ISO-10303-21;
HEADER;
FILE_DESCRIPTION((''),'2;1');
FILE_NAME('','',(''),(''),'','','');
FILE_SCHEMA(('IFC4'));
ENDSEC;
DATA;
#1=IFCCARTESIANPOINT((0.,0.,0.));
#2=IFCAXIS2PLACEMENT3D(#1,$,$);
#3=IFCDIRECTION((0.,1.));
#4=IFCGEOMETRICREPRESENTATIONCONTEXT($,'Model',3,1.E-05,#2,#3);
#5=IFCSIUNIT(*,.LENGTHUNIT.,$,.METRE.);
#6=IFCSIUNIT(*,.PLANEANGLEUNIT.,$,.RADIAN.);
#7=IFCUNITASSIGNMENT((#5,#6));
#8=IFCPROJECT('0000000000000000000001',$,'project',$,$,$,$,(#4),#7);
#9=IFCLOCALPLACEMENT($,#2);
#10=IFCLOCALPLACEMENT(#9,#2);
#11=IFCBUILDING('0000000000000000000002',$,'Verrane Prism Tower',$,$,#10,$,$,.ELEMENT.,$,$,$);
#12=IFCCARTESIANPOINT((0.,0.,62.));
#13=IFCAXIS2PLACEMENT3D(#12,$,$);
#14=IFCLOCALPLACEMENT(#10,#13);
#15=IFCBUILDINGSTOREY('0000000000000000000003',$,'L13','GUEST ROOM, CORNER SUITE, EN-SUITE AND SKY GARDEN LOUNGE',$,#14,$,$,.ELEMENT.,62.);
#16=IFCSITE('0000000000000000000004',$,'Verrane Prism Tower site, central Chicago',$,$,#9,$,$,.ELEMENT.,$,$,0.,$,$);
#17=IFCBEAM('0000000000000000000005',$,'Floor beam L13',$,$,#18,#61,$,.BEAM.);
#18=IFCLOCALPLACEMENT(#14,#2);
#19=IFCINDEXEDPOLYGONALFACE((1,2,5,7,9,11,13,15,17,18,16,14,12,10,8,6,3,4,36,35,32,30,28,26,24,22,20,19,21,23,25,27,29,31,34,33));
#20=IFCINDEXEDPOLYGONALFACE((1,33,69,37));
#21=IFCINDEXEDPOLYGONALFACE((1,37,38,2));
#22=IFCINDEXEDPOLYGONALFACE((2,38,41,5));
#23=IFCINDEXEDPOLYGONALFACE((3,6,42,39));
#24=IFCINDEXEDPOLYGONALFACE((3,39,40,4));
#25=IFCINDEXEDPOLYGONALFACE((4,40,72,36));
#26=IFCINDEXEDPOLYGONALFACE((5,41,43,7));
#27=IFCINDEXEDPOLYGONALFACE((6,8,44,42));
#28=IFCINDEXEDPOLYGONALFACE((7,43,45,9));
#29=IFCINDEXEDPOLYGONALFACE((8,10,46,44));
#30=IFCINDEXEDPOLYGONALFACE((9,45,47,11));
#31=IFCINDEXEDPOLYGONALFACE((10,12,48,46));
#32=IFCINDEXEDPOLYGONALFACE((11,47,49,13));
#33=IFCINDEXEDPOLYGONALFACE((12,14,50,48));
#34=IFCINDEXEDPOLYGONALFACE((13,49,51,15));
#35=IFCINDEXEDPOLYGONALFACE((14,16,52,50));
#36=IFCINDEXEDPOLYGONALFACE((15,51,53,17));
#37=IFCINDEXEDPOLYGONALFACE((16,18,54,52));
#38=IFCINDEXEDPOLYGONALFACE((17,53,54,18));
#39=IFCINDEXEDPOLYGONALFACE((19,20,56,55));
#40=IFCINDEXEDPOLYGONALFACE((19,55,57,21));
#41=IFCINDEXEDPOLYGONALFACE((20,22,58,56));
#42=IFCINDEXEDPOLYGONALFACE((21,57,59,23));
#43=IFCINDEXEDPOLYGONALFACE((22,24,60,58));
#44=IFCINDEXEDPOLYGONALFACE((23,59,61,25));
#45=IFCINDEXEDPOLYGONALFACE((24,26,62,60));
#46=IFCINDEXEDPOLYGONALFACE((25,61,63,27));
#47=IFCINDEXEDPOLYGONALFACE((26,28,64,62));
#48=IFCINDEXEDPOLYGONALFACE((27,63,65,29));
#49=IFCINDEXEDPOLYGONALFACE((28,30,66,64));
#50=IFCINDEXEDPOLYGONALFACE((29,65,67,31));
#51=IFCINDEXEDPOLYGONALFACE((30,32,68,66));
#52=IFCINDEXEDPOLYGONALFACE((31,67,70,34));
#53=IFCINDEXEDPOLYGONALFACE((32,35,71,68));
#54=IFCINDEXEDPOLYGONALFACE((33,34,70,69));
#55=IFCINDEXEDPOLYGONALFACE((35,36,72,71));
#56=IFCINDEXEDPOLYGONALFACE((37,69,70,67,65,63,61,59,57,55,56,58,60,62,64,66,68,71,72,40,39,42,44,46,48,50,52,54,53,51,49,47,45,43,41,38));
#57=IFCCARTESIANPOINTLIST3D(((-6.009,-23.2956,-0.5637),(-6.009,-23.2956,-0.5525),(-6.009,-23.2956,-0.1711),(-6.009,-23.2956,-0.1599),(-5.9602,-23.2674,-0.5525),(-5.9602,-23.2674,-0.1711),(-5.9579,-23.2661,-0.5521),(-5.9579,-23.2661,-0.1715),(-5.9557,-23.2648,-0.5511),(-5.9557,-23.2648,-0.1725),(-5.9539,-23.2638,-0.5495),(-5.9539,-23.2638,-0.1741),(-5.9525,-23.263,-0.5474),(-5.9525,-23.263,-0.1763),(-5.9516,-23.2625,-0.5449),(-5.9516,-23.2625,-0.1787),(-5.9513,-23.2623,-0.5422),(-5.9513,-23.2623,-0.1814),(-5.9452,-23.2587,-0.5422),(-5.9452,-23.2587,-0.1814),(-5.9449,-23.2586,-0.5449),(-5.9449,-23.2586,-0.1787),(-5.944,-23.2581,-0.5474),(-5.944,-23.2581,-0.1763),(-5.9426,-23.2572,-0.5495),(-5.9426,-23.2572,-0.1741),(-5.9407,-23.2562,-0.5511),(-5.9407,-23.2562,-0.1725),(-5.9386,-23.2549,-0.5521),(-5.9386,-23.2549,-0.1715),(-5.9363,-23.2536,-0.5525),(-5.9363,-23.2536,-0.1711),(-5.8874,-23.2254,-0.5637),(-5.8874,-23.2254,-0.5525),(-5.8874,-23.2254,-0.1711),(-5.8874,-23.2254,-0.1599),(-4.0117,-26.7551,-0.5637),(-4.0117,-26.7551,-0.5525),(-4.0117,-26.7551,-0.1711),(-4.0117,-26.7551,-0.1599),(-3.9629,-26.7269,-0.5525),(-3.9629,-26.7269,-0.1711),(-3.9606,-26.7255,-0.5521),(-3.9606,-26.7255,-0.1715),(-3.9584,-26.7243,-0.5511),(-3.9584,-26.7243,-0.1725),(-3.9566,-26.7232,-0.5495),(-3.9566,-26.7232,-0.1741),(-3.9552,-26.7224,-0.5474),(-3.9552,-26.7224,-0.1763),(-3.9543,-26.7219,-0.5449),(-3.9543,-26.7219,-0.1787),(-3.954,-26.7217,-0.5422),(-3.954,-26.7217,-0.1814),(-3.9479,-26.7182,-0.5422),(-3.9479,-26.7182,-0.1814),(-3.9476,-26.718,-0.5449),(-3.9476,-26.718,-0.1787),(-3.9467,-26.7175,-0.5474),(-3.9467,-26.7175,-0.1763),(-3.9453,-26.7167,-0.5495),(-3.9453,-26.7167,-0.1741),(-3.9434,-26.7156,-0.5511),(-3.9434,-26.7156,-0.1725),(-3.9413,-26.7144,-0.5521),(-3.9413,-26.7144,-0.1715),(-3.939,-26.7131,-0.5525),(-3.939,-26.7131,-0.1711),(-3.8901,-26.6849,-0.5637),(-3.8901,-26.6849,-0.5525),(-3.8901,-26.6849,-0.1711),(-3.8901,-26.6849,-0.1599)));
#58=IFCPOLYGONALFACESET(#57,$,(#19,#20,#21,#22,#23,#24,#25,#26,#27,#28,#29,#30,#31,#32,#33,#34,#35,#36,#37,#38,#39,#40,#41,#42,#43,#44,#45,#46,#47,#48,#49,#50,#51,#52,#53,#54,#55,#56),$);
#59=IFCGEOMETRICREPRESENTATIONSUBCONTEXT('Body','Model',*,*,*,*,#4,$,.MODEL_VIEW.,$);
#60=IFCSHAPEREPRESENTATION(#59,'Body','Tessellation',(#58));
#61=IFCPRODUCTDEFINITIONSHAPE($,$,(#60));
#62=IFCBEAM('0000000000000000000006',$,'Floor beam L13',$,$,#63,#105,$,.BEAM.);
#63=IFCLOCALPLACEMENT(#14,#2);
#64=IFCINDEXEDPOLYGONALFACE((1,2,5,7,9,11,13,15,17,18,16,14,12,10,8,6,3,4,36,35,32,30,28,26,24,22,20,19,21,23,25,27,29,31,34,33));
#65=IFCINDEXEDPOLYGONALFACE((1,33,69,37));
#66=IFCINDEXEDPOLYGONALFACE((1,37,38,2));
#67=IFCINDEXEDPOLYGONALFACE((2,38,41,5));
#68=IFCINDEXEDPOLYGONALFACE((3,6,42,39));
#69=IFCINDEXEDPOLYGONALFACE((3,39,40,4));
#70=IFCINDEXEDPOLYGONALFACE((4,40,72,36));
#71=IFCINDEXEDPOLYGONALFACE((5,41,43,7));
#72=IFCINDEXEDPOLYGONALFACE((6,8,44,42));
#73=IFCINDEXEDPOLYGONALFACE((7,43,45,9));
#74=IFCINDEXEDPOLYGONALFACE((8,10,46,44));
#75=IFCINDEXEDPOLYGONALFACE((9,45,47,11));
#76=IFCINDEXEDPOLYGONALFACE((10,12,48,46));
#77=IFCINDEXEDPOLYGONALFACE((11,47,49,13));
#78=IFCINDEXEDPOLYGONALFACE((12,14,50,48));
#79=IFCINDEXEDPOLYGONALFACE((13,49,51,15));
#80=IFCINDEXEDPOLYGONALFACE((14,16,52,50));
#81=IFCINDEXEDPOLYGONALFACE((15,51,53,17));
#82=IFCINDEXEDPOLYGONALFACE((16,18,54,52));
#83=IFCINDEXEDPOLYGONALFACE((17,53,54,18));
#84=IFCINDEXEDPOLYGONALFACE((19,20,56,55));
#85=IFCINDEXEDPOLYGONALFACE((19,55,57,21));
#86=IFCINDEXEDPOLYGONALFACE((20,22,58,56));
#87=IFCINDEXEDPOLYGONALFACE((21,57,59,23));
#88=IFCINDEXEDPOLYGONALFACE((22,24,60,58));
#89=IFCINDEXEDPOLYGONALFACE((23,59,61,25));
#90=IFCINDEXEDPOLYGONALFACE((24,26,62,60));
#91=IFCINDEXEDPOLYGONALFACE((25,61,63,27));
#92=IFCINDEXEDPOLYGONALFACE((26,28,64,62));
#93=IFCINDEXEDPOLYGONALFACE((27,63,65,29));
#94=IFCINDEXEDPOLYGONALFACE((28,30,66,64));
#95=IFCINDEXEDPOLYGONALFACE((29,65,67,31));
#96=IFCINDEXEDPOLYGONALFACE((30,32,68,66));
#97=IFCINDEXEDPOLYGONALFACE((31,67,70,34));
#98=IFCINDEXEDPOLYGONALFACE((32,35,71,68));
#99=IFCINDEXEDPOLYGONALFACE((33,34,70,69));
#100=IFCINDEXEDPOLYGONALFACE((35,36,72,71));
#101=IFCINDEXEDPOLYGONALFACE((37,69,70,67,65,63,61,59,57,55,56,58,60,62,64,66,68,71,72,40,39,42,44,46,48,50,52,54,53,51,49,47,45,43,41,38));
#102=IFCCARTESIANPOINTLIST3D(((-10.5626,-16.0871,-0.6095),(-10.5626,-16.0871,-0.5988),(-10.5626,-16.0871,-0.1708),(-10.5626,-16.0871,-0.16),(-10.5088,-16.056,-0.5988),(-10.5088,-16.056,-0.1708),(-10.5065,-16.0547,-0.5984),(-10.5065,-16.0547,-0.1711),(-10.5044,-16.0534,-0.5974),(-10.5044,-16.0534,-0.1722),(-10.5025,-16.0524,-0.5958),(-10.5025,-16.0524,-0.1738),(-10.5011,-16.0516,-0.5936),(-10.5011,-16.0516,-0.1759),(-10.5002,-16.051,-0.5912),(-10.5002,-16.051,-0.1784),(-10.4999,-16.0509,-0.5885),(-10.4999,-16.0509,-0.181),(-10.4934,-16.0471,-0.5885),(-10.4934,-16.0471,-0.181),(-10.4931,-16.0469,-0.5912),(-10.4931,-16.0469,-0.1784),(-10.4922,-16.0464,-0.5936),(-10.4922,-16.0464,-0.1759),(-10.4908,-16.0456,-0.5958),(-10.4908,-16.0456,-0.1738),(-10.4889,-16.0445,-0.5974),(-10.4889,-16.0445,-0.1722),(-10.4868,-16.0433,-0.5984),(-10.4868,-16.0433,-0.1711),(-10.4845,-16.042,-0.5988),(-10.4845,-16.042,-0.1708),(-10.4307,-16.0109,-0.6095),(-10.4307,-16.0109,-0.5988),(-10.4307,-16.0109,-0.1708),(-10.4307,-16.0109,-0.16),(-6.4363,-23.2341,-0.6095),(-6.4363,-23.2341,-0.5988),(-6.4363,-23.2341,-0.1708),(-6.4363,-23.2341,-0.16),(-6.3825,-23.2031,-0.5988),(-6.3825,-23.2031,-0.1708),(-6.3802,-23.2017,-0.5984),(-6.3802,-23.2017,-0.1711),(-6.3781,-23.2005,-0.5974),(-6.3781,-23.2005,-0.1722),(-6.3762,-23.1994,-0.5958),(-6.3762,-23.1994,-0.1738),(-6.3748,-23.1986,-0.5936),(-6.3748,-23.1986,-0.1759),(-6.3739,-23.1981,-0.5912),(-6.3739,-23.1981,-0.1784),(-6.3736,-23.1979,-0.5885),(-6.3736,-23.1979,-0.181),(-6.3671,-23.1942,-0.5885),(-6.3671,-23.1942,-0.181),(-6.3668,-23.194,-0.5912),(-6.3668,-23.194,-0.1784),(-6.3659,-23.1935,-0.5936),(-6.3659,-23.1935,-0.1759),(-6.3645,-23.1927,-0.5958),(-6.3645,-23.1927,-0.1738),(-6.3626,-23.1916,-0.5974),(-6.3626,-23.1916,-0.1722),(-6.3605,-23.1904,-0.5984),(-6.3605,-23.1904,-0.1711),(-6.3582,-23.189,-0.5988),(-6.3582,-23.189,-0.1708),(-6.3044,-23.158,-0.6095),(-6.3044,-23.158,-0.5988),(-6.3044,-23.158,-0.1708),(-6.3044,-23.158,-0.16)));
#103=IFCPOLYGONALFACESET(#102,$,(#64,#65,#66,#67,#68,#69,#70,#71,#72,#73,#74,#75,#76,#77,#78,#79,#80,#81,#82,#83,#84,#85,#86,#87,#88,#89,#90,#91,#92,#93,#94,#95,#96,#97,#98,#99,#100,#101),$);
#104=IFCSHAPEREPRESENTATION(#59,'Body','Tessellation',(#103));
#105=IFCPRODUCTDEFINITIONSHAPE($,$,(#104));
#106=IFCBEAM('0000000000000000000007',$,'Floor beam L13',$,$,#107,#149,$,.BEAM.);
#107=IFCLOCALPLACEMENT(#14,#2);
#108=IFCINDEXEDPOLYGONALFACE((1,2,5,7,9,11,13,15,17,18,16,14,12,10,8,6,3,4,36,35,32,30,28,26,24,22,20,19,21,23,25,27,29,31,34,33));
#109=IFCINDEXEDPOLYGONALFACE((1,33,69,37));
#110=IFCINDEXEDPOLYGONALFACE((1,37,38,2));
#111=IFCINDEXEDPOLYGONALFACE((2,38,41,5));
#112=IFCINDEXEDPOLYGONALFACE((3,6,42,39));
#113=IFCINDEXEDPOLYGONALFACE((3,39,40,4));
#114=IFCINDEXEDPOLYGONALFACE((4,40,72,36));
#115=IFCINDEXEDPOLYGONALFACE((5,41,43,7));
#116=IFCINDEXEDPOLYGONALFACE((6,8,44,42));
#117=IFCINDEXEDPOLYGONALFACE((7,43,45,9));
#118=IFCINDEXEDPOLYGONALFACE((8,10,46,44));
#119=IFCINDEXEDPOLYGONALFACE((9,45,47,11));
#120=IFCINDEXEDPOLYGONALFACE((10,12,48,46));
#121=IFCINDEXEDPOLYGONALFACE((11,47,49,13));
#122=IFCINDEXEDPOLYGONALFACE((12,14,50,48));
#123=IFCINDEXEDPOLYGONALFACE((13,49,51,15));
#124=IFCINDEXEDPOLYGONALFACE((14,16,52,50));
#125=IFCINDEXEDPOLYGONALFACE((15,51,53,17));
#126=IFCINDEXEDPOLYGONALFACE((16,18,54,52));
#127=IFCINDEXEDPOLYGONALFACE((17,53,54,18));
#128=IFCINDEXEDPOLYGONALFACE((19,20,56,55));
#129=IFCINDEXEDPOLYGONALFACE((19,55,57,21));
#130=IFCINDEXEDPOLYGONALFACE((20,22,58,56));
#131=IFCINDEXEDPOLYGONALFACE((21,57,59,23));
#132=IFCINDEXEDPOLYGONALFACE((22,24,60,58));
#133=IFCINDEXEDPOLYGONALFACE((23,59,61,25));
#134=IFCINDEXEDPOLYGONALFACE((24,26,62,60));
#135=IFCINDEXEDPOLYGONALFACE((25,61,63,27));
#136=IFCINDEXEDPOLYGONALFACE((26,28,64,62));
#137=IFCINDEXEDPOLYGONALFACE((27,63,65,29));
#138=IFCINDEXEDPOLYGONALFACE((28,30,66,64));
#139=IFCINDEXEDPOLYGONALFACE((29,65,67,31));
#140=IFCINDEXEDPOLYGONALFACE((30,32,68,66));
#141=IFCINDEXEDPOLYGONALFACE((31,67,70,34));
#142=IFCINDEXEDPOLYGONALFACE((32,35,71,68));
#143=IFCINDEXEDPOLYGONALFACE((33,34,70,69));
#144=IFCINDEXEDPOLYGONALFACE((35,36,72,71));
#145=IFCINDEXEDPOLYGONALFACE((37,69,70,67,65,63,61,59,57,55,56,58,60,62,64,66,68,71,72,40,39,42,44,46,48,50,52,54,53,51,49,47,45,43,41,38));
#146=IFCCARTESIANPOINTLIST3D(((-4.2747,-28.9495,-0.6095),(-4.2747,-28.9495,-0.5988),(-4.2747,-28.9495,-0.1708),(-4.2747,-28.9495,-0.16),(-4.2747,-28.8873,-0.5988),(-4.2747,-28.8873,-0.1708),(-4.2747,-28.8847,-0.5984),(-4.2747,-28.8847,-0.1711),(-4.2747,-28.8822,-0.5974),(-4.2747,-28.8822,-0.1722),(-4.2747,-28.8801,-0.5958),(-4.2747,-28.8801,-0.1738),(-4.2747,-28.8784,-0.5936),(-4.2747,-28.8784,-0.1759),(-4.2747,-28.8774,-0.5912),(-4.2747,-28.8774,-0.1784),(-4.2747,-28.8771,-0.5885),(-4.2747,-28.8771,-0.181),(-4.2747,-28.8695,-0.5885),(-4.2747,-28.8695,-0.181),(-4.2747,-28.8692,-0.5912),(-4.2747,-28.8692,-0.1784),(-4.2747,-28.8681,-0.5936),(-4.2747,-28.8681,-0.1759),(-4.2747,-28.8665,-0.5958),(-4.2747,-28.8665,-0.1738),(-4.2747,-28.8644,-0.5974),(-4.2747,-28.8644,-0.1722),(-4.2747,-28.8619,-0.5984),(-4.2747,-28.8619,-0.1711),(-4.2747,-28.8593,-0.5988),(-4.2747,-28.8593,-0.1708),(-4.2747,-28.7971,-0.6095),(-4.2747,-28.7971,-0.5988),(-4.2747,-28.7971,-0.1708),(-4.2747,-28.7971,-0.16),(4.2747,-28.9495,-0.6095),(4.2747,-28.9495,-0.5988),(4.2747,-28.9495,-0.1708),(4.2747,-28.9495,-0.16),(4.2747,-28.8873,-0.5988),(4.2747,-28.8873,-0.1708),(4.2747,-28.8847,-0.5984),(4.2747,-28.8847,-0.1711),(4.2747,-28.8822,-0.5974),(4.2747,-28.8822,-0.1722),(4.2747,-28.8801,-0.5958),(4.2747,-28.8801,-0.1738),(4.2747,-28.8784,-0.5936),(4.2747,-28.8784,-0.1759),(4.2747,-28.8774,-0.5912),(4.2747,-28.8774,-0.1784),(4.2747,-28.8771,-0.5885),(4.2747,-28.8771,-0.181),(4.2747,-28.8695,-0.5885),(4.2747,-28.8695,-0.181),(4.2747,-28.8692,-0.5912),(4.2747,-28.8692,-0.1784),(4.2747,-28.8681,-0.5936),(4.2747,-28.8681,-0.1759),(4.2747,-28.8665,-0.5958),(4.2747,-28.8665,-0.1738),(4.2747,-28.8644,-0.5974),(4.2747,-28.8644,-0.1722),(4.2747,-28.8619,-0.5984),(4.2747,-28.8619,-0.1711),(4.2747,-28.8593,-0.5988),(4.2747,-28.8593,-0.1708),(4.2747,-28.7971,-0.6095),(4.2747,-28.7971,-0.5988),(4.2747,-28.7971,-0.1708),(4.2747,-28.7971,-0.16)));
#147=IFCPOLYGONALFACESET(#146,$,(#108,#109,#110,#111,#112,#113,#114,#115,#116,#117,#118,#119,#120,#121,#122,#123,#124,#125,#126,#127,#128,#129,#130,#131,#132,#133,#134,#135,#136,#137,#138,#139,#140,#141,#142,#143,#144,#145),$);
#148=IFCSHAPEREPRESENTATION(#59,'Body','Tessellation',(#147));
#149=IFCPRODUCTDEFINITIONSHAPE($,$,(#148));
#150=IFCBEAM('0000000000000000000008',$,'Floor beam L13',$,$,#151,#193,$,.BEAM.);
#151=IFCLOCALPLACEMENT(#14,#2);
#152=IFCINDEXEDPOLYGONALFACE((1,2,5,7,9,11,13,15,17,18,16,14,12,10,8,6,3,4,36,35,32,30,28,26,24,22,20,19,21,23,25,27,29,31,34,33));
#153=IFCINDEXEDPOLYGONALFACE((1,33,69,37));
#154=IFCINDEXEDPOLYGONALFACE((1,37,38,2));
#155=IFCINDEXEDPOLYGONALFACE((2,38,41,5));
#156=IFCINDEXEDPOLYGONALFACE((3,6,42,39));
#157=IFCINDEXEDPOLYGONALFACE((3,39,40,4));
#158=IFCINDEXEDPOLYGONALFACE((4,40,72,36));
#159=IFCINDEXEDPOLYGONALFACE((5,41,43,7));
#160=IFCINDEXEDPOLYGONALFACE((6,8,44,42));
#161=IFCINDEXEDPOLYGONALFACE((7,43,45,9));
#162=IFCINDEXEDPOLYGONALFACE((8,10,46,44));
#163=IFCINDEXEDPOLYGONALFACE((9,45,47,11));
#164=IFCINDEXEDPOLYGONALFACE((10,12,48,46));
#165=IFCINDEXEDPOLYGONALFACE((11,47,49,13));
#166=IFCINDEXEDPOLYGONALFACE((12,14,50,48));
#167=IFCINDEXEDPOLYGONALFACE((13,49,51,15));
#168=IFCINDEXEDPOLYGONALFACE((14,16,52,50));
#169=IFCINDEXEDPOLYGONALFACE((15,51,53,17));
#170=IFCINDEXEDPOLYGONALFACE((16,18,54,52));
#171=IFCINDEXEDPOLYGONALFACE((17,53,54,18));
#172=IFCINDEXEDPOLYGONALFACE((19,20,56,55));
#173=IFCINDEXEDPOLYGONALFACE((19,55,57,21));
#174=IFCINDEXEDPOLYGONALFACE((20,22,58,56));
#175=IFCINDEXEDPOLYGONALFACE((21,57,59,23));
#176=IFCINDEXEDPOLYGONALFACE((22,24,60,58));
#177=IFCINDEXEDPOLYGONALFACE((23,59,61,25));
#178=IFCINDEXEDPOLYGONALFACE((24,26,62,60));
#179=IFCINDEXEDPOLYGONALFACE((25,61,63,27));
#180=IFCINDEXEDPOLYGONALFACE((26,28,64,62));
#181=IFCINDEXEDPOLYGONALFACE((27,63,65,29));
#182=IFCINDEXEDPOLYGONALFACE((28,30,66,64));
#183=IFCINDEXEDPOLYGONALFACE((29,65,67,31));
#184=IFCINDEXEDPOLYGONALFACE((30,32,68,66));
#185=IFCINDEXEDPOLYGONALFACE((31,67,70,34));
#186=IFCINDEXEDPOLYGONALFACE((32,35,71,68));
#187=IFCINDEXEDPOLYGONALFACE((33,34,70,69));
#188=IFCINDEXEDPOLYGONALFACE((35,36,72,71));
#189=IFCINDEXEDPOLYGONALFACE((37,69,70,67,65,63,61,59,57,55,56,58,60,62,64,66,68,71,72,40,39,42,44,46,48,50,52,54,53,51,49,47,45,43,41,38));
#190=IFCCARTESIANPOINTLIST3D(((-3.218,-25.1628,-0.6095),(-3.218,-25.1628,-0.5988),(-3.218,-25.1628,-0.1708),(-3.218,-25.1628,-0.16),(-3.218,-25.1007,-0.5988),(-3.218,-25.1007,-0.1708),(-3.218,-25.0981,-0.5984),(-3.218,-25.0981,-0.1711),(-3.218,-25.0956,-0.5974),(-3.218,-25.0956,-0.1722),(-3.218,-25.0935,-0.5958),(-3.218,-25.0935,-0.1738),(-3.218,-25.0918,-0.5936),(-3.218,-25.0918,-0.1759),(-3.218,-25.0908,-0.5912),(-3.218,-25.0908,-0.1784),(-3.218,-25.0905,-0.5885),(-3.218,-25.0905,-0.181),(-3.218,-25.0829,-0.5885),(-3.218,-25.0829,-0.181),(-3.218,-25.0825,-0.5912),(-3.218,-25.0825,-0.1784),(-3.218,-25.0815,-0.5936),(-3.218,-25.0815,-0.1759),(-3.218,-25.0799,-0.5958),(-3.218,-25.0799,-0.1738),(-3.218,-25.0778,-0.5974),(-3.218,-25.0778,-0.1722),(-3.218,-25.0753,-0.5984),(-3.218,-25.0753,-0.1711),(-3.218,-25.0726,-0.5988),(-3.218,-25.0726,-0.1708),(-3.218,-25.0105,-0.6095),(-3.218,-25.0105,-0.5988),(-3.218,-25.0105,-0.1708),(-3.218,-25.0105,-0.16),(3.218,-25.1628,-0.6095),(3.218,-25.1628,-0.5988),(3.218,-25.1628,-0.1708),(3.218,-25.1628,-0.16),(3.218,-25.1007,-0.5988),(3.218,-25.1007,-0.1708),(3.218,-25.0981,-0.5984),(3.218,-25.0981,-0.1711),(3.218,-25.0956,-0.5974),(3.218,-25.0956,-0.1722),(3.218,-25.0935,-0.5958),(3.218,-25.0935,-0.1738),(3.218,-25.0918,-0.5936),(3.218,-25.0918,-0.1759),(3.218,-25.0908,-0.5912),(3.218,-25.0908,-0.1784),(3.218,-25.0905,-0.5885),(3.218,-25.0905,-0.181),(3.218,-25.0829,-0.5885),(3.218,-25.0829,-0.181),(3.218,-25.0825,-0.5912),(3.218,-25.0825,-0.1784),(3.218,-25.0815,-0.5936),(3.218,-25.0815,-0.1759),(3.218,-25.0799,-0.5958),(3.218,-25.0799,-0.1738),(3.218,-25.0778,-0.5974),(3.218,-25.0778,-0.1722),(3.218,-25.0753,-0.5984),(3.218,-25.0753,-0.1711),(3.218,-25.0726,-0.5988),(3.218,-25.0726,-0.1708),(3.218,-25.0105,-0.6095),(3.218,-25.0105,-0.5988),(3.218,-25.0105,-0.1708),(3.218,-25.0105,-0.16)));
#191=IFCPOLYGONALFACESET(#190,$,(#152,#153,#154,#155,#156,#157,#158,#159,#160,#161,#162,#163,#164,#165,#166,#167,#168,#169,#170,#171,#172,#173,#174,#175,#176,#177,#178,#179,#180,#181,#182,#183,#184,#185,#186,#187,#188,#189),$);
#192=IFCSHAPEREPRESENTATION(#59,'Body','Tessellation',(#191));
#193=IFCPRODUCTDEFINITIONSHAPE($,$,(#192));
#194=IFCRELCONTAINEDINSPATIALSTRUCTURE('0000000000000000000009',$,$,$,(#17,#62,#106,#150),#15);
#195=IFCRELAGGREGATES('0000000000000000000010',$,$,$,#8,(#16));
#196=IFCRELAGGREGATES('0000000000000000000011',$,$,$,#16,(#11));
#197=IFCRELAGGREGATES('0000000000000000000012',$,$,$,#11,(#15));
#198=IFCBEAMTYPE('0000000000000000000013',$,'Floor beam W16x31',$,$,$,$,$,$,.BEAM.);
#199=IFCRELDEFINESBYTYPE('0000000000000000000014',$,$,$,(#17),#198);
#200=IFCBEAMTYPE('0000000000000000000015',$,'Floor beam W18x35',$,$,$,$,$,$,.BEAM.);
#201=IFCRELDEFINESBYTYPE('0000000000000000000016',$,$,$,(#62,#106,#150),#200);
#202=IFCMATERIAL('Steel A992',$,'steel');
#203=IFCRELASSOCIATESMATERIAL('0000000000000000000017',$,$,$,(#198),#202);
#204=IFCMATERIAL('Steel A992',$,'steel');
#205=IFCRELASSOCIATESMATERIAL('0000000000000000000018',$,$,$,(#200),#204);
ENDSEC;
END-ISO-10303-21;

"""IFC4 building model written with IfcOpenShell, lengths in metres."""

from ifc_helpers import new_model, si_unit, direction, frame, origin, origin_2d, place, context, subcontext, project, spatial, i_section, extrude, material, material_profile, profile_set, type_object, element, save


model = new_model("IFC4")

# Units and contexts
model_context = context("Model", 3, precision=1e-05, world=origin(), true_north=direction((0.0, 1.0)))
body_context = subcontext(model_context, "Body", "Model", "MODEL_VIEW")
ifc_project = project(units=[si_unit("LENGTHUNIT", "METRE"), si_unit("PLANEANGLEUNIT", "RADIAN")], contexts=[model_context])

# Site, building, storey
site_placement = place(None, origin())
site = spatial("IfcSite", under=ifc_project, at=site_placement, Name="Verrane Prism Tower site, central Chicago", CompositionType="ELEMENT", RefElevation=0.0)
building_placement = place(site_placement, origin())
building = spatial("IfcBuilding", under=site, at=building_placement, Name="Verrane Prism Tower", CompositionType="ELEMENT")
storey_placement = place(building_placement, frame((0.0, 0.0, 62.0)))
storey = spatial("IfcBuildingStorey", under=building, at=storey_placement, Name="L13", Description="GUEST ROOM, CORNER SUITE, EN-SUITE AND SKY GARDEN LOUNGE", CompositionType="ELEMENT", Elevation=62.0)

# Beams
ifc_material_1 = material(Name="Steel A992", Category="steel")
ifc_material_profile_1 = material_profile(ifc_material_1, i_section(OverallWidth=0.1404, OverallDepth=0.4038, WebThickness=0.0071, FlangeThickness=0.0112, FilletRadius=0.0103, at=origin_2d()), Name="W16x31")
ifc_profile_set_1 = profile_set([ifc_material_profile_1], Name="Steel A992")
beam_type_1 = type_object("IfcBeamType", Name="Floor beam W16x31", PredefinedType="BEAM", material=ifc_profile_set_1)
beam_1_placement = place(storey_placement, frame((-3.9509, -26.72, -0.3618), z_axis=(-0.499998, 0.866027, 0.0), x_axis=(-0.866027, -0.499998, 0.0)))
element("IfcBeam", 1, at=beam_1_placement, inside=storey, type_object=beam_type_1, Name="Floor beam L13", PredefinedType="BEAM", context=body_context, shape_type="SweptSolid", body=[
    extrude(i_section(OverallWidth=0.1404, OverallDepth=0.4038, WebThickness=0.0071, FlangeThickness=0.0112, FilletRadius=0.0103, at=origin_2d()), origin(), (0.0, 0.0, 1.0), 3.9946),
])
ifc_material_2 = material(Name="Steel A992", Category="steel")
ifc_material_profile_2 = material_profile(ifc_material_2, i_section(OverallWidth=0.1523, OverallDepth=0.4495, WebThickness=0.0076, FlangeThickness=0.0107, FilletRadius=0.0103, at=origin_2d()), Name="W18x35")
ifc_profile_set_2 = profile_set([ifc_material_profile_2], Name="Steel A992")
beam_type_2 = type_object("IfcBeamType", Name="Floor beam W18x35", PredefinedType="BEAM", material=ifc_profile_set_2)
beam_2_placement = place(storey_placement, frame((-6.3704, -23.196, -0.3848), z_axis=(-0.499992, 0.86603, 0.0), x_axis=(-0.86603, -0.499992, 0.0)))
element("IfcBeam", 2, at=beam_2_placement, inside=storey, type_object=beam_type_2, Name="Floor beam L13", PredefinedType="BEAM", context=body_context, shape_type="SweptSolid", body=[
    extrude(i_section(OverallWidth=0.1523, OverallDepth=0.4495, WebThickness=0.0076, FlangeThickness=0.0107, FilletRadius=0.0103, at=origin_2d()), origin(), (0.0, 0.0, 1.0), 8.2527),
])
beam_3_placement = place(storey_placement, frame((-4.2747, -28.8733, -0.3848), z_axis=(1.0, 0.0, 0.0), x_axis=(0.0, 1.0, 0.0)))
element("IfcBeam", 3, at=beam_3_placement, inside=storey, type_object=beam_type_2, Name="Floor beam L13", PredefinedType="BEAM", context=body_context, shape_type="SweptSolid", body=[
    extrude(i_section(OverallWidth=0.1523, OverallDepth=0.4495, WebThickness=0.0076, FlangeThickness=0.0107, FilletRadius=0.0103, at=origin_2d()), origin(), (0.0, 0.0, 1.0), 8.5493),
])
beam_4_placement = place(storey_placement, frame((-3.218, -25.0867, -0.3848), z_axis=(1.0, 0.0, 0.0), x_axis=(0.0, 1.0, 0.0)))
element("IfcBeam", 4, at=beam_4_placement, inside=storey, type_object=beam_type_2, Name="Floor beam L13", PredefinedType="BEAM", context=body_context, shape_type="SweptSolid", body=[
    extrude(i_section(OverallWidth=0.1523, OverallDepth=0.4495, WebThickness=0.0076, FlangeThickness=0.0107, FilletRadius=0.0103, at=origin_2d()), origin(), (0.0, 0.0, 1.0), 6.436),
])

save(model, "model.ifc")
